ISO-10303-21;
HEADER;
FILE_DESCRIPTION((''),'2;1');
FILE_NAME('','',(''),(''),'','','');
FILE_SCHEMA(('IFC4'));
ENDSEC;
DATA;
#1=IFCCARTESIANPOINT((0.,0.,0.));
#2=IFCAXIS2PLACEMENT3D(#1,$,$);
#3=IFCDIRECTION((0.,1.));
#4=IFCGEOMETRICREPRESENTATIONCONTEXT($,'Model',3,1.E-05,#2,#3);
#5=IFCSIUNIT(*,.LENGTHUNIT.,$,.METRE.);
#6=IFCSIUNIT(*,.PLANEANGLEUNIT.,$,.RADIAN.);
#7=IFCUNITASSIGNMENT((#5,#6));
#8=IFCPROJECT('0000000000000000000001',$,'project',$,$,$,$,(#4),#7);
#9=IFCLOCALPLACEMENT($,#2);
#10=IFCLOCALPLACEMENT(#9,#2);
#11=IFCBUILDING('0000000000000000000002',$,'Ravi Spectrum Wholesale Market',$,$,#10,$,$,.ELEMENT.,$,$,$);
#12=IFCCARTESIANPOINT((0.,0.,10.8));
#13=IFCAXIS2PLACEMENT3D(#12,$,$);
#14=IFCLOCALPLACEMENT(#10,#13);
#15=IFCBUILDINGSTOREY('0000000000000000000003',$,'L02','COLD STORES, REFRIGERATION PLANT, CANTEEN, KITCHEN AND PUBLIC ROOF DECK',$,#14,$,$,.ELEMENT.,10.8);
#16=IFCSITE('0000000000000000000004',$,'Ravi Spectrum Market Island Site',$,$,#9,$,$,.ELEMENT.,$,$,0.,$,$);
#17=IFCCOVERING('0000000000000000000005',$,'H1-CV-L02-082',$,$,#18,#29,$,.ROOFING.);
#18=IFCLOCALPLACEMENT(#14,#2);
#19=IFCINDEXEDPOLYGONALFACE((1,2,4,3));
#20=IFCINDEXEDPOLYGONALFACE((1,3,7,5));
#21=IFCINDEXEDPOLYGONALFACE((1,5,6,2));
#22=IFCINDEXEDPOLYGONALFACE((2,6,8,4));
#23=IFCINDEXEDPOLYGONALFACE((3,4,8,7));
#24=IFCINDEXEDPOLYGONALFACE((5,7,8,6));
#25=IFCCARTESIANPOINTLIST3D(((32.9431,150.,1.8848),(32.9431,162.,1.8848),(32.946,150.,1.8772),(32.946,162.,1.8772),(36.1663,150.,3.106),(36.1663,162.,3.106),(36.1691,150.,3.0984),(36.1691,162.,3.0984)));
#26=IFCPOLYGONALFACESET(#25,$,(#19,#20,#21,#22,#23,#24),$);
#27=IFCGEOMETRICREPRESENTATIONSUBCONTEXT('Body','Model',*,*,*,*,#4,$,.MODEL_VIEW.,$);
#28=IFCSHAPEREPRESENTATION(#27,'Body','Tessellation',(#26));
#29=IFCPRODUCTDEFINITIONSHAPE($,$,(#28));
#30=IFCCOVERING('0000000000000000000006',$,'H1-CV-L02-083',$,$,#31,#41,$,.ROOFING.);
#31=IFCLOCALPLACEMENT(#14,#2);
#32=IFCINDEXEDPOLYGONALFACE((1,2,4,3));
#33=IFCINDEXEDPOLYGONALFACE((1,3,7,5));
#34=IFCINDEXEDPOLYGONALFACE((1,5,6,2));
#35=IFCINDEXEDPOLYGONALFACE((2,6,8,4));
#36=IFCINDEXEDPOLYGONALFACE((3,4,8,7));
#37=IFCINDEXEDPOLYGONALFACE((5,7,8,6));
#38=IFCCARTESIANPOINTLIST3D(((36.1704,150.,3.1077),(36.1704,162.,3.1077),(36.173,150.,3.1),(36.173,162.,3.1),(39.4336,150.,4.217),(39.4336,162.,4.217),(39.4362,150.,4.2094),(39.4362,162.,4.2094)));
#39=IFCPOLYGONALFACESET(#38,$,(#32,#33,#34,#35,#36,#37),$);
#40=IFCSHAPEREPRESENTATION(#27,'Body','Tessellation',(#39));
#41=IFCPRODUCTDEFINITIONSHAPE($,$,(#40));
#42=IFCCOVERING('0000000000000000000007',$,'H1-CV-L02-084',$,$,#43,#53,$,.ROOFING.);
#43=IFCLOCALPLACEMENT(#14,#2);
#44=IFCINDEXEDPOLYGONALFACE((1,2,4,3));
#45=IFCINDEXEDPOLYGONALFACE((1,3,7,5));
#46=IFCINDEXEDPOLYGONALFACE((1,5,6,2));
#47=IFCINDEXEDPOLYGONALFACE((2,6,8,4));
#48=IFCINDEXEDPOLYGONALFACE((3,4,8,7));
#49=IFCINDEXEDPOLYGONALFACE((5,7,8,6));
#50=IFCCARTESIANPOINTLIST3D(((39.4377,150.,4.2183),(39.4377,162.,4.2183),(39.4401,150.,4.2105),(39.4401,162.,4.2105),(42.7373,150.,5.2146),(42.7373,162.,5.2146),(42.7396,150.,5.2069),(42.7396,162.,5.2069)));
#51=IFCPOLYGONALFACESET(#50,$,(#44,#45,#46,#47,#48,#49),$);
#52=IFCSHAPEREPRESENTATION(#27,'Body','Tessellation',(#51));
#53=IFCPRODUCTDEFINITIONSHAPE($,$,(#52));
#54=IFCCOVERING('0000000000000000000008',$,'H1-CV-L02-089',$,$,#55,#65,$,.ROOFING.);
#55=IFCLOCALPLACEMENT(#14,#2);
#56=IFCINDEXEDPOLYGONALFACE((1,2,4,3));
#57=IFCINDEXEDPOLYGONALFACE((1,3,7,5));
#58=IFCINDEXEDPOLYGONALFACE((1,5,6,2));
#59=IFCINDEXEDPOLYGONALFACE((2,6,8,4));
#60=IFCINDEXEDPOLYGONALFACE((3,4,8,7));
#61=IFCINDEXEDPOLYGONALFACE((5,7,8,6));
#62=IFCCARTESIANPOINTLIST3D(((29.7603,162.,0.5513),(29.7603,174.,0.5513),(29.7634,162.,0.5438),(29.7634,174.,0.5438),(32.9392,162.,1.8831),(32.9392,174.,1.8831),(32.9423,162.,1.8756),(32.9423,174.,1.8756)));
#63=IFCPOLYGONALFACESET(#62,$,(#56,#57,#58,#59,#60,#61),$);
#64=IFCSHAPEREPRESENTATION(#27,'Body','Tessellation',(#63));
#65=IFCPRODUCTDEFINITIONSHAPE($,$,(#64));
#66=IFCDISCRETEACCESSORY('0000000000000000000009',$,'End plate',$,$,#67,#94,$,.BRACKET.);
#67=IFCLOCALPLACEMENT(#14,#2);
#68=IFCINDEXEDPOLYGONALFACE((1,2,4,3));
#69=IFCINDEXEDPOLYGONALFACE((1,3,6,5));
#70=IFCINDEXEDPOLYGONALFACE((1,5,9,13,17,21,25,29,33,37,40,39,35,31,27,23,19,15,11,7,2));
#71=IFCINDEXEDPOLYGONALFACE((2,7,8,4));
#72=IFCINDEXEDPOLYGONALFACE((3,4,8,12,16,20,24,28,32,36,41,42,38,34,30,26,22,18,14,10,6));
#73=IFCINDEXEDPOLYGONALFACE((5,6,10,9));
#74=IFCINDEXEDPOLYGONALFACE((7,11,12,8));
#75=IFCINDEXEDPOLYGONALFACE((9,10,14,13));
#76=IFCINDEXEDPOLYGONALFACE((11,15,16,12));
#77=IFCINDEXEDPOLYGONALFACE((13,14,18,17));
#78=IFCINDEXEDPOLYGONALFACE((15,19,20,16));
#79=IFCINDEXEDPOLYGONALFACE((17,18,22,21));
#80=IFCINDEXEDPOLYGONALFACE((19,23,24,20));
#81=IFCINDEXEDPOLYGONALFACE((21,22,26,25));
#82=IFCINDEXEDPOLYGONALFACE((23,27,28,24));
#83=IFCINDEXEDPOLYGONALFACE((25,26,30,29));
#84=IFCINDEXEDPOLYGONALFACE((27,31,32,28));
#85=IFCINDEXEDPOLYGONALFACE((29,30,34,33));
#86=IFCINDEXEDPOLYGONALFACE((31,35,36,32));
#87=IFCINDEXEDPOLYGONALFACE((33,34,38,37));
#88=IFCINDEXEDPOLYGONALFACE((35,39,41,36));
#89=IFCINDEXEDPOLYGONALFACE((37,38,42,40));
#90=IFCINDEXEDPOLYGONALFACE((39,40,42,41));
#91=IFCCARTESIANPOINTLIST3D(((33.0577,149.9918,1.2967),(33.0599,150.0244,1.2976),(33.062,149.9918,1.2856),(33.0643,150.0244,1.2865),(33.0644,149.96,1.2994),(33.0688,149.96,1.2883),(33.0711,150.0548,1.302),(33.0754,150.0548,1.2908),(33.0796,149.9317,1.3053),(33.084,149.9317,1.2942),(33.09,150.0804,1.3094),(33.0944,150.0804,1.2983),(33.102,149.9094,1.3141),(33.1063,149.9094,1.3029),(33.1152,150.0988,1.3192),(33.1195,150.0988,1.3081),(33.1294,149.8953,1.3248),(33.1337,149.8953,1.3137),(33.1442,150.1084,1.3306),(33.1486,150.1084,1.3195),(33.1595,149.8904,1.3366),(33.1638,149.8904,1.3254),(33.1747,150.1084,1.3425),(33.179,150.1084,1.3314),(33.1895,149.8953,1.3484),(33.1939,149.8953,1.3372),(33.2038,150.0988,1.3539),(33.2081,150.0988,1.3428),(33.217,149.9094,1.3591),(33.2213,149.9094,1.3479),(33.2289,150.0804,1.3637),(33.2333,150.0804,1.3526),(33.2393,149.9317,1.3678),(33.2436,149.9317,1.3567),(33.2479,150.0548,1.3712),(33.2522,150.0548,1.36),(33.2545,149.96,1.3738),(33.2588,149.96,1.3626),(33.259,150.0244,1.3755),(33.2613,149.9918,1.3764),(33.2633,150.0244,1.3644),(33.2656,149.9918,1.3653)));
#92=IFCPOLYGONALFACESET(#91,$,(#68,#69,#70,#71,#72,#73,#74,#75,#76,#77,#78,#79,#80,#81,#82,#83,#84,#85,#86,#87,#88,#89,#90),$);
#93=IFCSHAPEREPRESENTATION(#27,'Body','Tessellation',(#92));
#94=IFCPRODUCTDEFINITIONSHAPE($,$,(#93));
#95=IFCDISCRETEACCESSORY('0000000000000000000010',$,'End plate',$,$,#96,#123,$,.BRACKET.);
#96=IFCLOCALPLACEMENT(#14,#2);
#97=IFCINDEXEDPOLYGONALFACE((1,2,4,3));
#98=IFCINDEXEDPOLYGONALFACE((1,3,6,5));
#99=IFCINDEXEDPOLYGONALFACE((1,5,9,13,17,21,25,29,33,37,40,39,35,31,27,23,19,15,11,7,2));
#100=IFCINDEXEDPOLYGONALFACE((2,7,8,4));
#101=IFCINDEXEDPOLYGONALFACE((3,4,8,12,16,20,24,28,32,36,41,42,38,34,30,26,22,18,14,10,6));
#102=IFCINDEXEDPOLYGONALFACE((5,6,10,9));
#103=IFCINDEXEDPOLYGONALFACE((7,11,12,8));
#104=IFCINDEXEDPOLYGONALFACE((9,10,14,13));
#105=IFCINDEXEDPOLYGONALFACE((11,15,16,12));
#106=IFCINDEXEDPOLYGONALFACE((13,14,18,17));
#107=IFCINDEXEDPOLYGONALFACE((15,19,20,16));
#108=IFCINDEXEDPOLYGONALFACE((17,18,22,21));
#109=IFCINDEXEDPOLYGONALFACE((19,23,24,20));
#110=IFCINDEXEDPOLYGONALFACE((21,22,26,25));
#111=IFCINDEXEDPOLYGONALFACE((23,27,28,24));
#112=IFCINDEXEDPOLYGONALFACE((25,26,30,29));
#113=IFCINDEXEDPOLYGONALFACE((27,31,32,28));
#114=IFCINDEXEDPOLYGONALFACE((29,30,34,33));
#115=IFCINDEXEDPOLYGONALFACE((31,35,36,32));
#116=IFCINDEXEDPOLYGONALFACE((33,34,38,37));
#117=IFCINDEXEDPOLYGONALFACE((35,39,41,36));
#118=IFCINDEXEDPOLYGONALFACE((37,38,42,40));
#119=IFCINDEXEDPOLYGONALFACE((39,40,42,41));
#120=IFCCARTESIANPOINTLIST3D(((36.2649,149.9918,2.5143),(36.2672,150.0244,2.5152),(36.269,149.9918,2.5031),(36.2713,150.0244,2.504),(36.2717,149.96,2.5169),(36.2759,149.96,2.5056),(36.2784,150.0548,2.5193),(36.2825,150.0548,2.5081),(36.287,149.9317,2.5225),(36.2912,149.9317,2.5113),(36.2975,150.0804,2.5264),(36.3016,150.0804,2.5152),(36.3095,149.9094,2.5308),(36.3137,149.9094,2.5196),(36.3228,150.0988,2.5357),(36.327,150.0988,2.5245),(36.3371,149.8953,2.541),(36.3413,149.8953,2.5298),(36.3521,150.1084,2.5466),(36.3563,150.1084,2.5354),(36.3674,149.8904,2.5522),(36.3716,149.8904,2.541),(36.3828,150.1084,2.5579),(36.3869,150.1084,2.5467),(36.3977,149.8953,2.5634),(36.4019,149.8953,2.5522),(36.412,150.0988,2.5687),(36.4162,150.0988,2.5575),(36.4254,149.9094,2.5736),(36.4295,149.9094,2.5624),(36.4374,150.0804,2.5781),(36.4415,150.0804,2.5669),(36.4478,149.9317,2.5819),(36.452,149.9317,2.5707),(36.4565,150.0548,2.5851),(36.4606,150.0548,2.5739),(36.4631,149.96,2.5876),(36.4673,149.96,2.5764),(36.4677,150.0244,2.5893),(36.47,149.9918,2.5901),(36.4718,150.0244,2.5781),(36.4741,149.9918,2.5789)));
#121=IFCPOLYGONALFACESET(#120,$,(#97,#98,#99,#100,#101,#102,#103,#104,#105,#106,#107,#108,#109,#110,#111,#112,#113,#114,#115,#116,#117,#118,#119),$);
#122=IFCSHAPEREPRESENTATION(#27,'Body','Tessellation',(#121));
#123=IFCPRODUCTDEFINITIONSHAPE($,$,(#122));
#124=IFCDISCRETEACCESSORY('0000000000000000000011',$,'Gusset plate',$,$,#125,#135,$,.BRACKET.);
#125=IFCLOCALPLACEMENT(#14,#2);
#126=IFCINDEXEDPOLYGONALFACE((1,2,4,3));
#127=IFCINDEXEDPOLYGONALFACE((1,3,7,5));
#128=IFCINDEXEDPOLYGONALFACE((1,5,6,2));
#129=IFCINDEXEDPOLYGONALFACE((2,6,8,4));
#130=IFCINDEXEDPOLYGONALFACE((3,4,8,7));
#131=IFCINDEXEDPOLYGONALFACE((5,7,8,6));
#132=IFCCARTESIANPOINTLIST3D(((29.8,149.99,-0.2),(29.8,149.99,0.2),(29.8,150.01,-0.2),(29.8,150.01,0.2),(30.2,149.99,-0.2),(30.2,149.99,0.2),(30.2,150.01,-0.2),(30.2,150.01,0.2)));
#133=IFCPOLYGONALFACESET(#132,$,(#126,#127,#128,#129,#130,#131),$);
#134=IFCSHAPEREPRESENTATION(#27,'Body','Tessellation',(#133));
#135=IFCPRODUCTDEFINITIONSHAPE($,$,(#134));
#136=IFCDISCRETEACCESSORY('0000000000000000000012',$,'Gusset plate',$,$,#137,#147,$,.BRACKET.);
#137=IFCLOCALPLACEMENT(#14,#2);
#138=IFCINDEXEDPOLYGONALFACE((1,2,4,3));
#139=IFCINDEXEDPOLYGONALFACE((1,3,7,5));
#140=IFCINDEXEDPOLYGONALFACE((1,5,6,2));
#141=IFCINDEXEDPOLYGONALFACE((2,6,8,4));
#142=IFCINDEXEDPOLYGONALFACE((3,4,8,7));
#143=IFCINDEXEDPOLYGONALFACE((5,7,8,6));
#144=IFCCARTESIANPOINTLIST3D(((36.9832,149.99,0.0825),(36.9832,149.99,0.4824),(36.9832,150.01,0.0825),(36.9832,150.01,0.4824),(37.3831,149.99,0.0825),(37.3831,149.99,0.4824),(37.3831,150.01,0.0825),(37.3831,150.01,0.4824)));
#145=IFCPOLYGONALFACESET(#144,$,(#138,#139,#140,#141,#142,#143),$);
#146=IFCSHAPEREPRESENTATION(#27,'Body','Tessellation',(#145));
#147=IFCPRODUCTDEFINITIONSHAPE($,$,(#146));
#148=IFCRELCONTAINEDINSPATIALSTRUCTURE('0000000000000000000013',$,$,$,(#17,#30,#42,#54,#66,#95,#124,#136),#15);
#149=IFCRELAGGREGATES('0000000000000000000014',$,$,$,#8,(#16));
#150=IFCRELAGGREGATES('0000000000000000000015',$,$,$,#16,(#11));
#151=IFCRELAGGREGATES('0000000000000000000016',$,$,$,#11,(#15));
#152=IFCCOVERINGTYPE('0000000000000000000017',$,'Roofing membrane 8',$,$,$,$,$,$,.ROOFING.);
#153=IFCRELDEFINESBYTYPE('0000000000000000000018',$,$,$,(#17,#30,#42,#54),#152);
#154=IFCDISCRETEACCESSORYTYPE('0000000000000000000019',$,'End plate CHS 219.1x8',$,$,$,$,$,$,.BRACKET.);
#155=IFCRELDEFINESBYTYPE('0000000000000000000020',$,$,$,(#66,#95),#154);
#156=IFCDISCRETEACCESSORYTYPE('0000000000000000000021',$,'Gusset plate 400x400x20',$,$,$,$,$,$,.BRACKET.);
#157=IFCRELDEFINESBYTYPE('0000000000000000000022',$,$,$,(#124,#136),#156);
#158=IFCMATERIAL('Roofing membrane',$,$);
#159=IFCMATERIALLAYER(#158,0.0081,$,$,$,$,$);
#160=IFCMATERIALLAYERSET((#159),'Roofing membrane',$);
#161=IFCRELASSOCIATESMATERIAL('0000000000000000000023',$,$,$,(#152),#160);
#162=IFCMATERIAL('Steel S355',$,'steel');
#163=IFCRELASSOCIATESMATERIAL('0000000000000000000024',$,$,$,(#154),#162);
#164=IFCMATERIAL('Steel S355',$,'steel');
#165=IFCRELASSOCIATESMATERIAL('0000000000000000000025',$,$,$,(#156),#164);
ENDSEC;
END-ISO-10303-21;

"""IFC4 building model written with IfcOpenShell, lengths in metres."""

from ifc_helpers import new_model, si_unit, direction, frame, origin, origin_2d, place, context, subcontext, project, spatial, polyline, rectangle, circle, outline, extrude, material, layer, layer_set, material_profile, profile_set, type_object, element, save


model = new_model("IFC4")

# Units and contexts
model_context = context("Model", 3, precision=1e-05, world=origin(), true_north=direction((0.0, 1.0)))
body_context = subcontext(model_context, "Body", "Model", "MODEL_VIEW")
ifc_project = project(units=[si_unit("LENGTHUNIT", "METRE"), si_unit("PLANEANGLEUNIT", "RADIAN")], contexts=[model_context])

# Site, building, storey
site_placement = place(None, origin())
site = spatial("IfcSite", under=ifc_project, at=site_placement, Name="Ravi Spectrum Market Island Site", CompositionType="ELEMENT", RefElevation=0.0)
building_placement = place(site_placement, origin())
building = spatial("IfcBuilding", under=site, at=building_placement, Name="Ravi Spectrum Wholesale Market", CompositionType="ELEMENT")
storey_placement = place(building_placement, frame((0.0, 0.0, 10.8)))
storey = spatial("IfcBuildingStorey", under=building, at=storey_placement, Name="L02", Description="COLD STORES, REFRIGERATION PLANT, CANTEEN, KITCHEN AND PUBLIC ROOF DECK", CompositionType="ELEMENT", Elevation=10.8)

# Coverings
ifc_material_1 = material(Name="Roofing membrane")
ifc_layer_1 = layer(ifc_material_1, 0.0081)
ifc_layer_set_1 = layer_set([ifc_layer_1], Name="Roofing membrane")
covering_type = type_object("IfcCoveringType", Name="Roofing membrane 8", PredefinedType="ROOFING", material=ifc_layer_set_1)
covering_1_placement = place(storey_placement, frame((32.9431, 150.0, 1.8848), z_axis=(-0.354304, 0.0, 0.93513), x_axis=(0.93513, 0.0, 0.354304)))
element("IfcCovering", 1, at=covering_1_placement, inside=storey, type_object=covering_type, Name="H1-CV-L02-082", PredefinedType="ROOFING", context=body_context, shape_type="SweptSolid", body=[
    extrude(outline(polyline([(0.0, 0.0), (3.4467, 0.0), (3.4467, 12.0), (0.0, 12.0), (0.0, 0.0)])), origin(), (0.0, 0.0, -1.0), 0.0081),
])
covering_2_placement = place(storey_placement, frame((36.1704, 150.0, 3.1077), z_axis=(-0.321875, 0.0, 0.946782), x_axis=(0.946782, 0.0, 0.321875)))
element("IfcCovering", 2, at=covering_2_placement, inside=storey, type_object=covering_type, Name="H1-CV-L02-083", PredefinedType="ROOFING", context=body_context, shape_type="SweptSolid", body=[
    extrude(outline(polyline([(0.0, 0.0), (3.4466, 0.0), (3.4466, 12.0), (0.0, 12.0), (0.0, 0.0)])), origin(), (0.0, 0.0, -1.0), 0.0081),
])
covering_3_placement = place(storey_placement, frame((39.4377, 150.0, 4.2183), z_axis=(-0.28907, 0.0, 0.957308), x_axis=(0.957308, 0.0, 0.28907)))
element("IfcCovering", 3, at=covering_3_placement, inside=storey, type_object=covering_type, Name="H1-CV-L02-084", PredefinedType="ROOFING", context=body_context, shape_type="SweptSolid", body=[
    extrude(outline(polyline([(0.0, 0.0), (3.4467, 0.0), (3.4467, 12.0), (0.0, 12.0), (0.0, 0.0)])), origin(), (0.0, 0.0, -1.0), 0.0081),
])
covering_4_placement = place(storey_placement, frame((29.7603, 162.0, 0.5513), z_axis=(-0.3864, 0.0, 0.922331), x_axis=(0.922331, 0.0, 0.3864)))
element("IfcCovering", 4, at=covering_4_placement, inside=storey, type_object=covering_type, Name="H1-CV-L02-089", PredefinedType="ROOFING", context=body_context, shape_type="SweptSolid", body=[
    extrude(outline(polyline([(0.0, 0.0), (3.4467, 0.0), (3.4467, 12.0), (0.0, 12.0), (0.0, 0.0)])), origin(), (0.0, 0.0, -1.0), 0.0081),
])

# Discrete accessories
ifc_material_2 = material(Name="Steel S355", Category="steel")
ifc_material_profile_1 = material_profile(ifc_material_2, circle(Radius=0.1096, at=origin_2d()))
ifc_profile_set_1 = profile_set([ifc_material_profile_1], Name="Steel S355")
discrete_accessory_type_1 = type_object("IfcDiscreteAccessoryType", Name="End plate CHS 219.1x8", PredefinedType="BRACKET", material=ifc_profile_set_1)
for number, where, z_axis, x_axis, name in (
    (5, (33.1638, 150.0, 1.3254), (-0.364399, 0.0, 0.931243), (0.0, -1.0, 0.0), "End plate"),
    (6, (36.3716, 150.0, 2.541), (-0.34665, 0.0, 0.937994), (0.0, -1.0, 0.0), "End plate"),
):
    element("IfcDiscreteAccessory", number, at=place(storey_placement, frame(where, z_axis=z_axis, x_axis=x_axis)), inside=storey, type_object=discrete_accessory_type_1, Name=name, PredefinedType="BRACKET", context=body_context, shape_type="SweptSolid", body=[
        extrude(circle(Radius=0.1096, at=origin_2d()), origin(), (0.0, 0.0, 1.0), 0.012),
    ])
ifc_material_3 = material(Name="Steel S355", Category="steel")
ifc_material_profile_2 = material_profile(ifc_material_3, rectangle(XDim=0.3999, YDim=0.02, at=origin_2d()))
ifc_profile_set_2 = profile_set([ifc_material_profile_2], Name="Steel S355")
discrete_accessory_type_2 = type_object("IfcDiscreteAccessoryType", Name="Gusset plate 400x400x20", PredefinedType="BRACKET", material=ifc_profile_set_2)
for number, where, z_axis, x_axis, name in (
    (7, (30.0, 150.0, -0.2), (0.0, 0.0, 1.0), (1.0, 0.0, 0.0), "Gusset plate"),
    (8, (37.1831, 150.0, 0.0825), (0.0, 0.0, 1.0), (1.0, 0.0, 0.0), "Gusset plate"),
):
    element("IfcDiscreteAccessory", number, at=place(storey_placement, frame(where, z_axis=z_axis, x_axis=x_axis)), inside=storey, type_object=discrete_accessory_type_2, Name=name, PredefinedType="BRACKET", context=body_context, shape_type="SweptSolid", body=[
        extrude(rectangle(XDim=0.3999, YDim=0.02, at=origin_2d()), origin(), (0.0, 0.0, 1.0), 0.3999),
    ])

save(model, "model.ifc")
